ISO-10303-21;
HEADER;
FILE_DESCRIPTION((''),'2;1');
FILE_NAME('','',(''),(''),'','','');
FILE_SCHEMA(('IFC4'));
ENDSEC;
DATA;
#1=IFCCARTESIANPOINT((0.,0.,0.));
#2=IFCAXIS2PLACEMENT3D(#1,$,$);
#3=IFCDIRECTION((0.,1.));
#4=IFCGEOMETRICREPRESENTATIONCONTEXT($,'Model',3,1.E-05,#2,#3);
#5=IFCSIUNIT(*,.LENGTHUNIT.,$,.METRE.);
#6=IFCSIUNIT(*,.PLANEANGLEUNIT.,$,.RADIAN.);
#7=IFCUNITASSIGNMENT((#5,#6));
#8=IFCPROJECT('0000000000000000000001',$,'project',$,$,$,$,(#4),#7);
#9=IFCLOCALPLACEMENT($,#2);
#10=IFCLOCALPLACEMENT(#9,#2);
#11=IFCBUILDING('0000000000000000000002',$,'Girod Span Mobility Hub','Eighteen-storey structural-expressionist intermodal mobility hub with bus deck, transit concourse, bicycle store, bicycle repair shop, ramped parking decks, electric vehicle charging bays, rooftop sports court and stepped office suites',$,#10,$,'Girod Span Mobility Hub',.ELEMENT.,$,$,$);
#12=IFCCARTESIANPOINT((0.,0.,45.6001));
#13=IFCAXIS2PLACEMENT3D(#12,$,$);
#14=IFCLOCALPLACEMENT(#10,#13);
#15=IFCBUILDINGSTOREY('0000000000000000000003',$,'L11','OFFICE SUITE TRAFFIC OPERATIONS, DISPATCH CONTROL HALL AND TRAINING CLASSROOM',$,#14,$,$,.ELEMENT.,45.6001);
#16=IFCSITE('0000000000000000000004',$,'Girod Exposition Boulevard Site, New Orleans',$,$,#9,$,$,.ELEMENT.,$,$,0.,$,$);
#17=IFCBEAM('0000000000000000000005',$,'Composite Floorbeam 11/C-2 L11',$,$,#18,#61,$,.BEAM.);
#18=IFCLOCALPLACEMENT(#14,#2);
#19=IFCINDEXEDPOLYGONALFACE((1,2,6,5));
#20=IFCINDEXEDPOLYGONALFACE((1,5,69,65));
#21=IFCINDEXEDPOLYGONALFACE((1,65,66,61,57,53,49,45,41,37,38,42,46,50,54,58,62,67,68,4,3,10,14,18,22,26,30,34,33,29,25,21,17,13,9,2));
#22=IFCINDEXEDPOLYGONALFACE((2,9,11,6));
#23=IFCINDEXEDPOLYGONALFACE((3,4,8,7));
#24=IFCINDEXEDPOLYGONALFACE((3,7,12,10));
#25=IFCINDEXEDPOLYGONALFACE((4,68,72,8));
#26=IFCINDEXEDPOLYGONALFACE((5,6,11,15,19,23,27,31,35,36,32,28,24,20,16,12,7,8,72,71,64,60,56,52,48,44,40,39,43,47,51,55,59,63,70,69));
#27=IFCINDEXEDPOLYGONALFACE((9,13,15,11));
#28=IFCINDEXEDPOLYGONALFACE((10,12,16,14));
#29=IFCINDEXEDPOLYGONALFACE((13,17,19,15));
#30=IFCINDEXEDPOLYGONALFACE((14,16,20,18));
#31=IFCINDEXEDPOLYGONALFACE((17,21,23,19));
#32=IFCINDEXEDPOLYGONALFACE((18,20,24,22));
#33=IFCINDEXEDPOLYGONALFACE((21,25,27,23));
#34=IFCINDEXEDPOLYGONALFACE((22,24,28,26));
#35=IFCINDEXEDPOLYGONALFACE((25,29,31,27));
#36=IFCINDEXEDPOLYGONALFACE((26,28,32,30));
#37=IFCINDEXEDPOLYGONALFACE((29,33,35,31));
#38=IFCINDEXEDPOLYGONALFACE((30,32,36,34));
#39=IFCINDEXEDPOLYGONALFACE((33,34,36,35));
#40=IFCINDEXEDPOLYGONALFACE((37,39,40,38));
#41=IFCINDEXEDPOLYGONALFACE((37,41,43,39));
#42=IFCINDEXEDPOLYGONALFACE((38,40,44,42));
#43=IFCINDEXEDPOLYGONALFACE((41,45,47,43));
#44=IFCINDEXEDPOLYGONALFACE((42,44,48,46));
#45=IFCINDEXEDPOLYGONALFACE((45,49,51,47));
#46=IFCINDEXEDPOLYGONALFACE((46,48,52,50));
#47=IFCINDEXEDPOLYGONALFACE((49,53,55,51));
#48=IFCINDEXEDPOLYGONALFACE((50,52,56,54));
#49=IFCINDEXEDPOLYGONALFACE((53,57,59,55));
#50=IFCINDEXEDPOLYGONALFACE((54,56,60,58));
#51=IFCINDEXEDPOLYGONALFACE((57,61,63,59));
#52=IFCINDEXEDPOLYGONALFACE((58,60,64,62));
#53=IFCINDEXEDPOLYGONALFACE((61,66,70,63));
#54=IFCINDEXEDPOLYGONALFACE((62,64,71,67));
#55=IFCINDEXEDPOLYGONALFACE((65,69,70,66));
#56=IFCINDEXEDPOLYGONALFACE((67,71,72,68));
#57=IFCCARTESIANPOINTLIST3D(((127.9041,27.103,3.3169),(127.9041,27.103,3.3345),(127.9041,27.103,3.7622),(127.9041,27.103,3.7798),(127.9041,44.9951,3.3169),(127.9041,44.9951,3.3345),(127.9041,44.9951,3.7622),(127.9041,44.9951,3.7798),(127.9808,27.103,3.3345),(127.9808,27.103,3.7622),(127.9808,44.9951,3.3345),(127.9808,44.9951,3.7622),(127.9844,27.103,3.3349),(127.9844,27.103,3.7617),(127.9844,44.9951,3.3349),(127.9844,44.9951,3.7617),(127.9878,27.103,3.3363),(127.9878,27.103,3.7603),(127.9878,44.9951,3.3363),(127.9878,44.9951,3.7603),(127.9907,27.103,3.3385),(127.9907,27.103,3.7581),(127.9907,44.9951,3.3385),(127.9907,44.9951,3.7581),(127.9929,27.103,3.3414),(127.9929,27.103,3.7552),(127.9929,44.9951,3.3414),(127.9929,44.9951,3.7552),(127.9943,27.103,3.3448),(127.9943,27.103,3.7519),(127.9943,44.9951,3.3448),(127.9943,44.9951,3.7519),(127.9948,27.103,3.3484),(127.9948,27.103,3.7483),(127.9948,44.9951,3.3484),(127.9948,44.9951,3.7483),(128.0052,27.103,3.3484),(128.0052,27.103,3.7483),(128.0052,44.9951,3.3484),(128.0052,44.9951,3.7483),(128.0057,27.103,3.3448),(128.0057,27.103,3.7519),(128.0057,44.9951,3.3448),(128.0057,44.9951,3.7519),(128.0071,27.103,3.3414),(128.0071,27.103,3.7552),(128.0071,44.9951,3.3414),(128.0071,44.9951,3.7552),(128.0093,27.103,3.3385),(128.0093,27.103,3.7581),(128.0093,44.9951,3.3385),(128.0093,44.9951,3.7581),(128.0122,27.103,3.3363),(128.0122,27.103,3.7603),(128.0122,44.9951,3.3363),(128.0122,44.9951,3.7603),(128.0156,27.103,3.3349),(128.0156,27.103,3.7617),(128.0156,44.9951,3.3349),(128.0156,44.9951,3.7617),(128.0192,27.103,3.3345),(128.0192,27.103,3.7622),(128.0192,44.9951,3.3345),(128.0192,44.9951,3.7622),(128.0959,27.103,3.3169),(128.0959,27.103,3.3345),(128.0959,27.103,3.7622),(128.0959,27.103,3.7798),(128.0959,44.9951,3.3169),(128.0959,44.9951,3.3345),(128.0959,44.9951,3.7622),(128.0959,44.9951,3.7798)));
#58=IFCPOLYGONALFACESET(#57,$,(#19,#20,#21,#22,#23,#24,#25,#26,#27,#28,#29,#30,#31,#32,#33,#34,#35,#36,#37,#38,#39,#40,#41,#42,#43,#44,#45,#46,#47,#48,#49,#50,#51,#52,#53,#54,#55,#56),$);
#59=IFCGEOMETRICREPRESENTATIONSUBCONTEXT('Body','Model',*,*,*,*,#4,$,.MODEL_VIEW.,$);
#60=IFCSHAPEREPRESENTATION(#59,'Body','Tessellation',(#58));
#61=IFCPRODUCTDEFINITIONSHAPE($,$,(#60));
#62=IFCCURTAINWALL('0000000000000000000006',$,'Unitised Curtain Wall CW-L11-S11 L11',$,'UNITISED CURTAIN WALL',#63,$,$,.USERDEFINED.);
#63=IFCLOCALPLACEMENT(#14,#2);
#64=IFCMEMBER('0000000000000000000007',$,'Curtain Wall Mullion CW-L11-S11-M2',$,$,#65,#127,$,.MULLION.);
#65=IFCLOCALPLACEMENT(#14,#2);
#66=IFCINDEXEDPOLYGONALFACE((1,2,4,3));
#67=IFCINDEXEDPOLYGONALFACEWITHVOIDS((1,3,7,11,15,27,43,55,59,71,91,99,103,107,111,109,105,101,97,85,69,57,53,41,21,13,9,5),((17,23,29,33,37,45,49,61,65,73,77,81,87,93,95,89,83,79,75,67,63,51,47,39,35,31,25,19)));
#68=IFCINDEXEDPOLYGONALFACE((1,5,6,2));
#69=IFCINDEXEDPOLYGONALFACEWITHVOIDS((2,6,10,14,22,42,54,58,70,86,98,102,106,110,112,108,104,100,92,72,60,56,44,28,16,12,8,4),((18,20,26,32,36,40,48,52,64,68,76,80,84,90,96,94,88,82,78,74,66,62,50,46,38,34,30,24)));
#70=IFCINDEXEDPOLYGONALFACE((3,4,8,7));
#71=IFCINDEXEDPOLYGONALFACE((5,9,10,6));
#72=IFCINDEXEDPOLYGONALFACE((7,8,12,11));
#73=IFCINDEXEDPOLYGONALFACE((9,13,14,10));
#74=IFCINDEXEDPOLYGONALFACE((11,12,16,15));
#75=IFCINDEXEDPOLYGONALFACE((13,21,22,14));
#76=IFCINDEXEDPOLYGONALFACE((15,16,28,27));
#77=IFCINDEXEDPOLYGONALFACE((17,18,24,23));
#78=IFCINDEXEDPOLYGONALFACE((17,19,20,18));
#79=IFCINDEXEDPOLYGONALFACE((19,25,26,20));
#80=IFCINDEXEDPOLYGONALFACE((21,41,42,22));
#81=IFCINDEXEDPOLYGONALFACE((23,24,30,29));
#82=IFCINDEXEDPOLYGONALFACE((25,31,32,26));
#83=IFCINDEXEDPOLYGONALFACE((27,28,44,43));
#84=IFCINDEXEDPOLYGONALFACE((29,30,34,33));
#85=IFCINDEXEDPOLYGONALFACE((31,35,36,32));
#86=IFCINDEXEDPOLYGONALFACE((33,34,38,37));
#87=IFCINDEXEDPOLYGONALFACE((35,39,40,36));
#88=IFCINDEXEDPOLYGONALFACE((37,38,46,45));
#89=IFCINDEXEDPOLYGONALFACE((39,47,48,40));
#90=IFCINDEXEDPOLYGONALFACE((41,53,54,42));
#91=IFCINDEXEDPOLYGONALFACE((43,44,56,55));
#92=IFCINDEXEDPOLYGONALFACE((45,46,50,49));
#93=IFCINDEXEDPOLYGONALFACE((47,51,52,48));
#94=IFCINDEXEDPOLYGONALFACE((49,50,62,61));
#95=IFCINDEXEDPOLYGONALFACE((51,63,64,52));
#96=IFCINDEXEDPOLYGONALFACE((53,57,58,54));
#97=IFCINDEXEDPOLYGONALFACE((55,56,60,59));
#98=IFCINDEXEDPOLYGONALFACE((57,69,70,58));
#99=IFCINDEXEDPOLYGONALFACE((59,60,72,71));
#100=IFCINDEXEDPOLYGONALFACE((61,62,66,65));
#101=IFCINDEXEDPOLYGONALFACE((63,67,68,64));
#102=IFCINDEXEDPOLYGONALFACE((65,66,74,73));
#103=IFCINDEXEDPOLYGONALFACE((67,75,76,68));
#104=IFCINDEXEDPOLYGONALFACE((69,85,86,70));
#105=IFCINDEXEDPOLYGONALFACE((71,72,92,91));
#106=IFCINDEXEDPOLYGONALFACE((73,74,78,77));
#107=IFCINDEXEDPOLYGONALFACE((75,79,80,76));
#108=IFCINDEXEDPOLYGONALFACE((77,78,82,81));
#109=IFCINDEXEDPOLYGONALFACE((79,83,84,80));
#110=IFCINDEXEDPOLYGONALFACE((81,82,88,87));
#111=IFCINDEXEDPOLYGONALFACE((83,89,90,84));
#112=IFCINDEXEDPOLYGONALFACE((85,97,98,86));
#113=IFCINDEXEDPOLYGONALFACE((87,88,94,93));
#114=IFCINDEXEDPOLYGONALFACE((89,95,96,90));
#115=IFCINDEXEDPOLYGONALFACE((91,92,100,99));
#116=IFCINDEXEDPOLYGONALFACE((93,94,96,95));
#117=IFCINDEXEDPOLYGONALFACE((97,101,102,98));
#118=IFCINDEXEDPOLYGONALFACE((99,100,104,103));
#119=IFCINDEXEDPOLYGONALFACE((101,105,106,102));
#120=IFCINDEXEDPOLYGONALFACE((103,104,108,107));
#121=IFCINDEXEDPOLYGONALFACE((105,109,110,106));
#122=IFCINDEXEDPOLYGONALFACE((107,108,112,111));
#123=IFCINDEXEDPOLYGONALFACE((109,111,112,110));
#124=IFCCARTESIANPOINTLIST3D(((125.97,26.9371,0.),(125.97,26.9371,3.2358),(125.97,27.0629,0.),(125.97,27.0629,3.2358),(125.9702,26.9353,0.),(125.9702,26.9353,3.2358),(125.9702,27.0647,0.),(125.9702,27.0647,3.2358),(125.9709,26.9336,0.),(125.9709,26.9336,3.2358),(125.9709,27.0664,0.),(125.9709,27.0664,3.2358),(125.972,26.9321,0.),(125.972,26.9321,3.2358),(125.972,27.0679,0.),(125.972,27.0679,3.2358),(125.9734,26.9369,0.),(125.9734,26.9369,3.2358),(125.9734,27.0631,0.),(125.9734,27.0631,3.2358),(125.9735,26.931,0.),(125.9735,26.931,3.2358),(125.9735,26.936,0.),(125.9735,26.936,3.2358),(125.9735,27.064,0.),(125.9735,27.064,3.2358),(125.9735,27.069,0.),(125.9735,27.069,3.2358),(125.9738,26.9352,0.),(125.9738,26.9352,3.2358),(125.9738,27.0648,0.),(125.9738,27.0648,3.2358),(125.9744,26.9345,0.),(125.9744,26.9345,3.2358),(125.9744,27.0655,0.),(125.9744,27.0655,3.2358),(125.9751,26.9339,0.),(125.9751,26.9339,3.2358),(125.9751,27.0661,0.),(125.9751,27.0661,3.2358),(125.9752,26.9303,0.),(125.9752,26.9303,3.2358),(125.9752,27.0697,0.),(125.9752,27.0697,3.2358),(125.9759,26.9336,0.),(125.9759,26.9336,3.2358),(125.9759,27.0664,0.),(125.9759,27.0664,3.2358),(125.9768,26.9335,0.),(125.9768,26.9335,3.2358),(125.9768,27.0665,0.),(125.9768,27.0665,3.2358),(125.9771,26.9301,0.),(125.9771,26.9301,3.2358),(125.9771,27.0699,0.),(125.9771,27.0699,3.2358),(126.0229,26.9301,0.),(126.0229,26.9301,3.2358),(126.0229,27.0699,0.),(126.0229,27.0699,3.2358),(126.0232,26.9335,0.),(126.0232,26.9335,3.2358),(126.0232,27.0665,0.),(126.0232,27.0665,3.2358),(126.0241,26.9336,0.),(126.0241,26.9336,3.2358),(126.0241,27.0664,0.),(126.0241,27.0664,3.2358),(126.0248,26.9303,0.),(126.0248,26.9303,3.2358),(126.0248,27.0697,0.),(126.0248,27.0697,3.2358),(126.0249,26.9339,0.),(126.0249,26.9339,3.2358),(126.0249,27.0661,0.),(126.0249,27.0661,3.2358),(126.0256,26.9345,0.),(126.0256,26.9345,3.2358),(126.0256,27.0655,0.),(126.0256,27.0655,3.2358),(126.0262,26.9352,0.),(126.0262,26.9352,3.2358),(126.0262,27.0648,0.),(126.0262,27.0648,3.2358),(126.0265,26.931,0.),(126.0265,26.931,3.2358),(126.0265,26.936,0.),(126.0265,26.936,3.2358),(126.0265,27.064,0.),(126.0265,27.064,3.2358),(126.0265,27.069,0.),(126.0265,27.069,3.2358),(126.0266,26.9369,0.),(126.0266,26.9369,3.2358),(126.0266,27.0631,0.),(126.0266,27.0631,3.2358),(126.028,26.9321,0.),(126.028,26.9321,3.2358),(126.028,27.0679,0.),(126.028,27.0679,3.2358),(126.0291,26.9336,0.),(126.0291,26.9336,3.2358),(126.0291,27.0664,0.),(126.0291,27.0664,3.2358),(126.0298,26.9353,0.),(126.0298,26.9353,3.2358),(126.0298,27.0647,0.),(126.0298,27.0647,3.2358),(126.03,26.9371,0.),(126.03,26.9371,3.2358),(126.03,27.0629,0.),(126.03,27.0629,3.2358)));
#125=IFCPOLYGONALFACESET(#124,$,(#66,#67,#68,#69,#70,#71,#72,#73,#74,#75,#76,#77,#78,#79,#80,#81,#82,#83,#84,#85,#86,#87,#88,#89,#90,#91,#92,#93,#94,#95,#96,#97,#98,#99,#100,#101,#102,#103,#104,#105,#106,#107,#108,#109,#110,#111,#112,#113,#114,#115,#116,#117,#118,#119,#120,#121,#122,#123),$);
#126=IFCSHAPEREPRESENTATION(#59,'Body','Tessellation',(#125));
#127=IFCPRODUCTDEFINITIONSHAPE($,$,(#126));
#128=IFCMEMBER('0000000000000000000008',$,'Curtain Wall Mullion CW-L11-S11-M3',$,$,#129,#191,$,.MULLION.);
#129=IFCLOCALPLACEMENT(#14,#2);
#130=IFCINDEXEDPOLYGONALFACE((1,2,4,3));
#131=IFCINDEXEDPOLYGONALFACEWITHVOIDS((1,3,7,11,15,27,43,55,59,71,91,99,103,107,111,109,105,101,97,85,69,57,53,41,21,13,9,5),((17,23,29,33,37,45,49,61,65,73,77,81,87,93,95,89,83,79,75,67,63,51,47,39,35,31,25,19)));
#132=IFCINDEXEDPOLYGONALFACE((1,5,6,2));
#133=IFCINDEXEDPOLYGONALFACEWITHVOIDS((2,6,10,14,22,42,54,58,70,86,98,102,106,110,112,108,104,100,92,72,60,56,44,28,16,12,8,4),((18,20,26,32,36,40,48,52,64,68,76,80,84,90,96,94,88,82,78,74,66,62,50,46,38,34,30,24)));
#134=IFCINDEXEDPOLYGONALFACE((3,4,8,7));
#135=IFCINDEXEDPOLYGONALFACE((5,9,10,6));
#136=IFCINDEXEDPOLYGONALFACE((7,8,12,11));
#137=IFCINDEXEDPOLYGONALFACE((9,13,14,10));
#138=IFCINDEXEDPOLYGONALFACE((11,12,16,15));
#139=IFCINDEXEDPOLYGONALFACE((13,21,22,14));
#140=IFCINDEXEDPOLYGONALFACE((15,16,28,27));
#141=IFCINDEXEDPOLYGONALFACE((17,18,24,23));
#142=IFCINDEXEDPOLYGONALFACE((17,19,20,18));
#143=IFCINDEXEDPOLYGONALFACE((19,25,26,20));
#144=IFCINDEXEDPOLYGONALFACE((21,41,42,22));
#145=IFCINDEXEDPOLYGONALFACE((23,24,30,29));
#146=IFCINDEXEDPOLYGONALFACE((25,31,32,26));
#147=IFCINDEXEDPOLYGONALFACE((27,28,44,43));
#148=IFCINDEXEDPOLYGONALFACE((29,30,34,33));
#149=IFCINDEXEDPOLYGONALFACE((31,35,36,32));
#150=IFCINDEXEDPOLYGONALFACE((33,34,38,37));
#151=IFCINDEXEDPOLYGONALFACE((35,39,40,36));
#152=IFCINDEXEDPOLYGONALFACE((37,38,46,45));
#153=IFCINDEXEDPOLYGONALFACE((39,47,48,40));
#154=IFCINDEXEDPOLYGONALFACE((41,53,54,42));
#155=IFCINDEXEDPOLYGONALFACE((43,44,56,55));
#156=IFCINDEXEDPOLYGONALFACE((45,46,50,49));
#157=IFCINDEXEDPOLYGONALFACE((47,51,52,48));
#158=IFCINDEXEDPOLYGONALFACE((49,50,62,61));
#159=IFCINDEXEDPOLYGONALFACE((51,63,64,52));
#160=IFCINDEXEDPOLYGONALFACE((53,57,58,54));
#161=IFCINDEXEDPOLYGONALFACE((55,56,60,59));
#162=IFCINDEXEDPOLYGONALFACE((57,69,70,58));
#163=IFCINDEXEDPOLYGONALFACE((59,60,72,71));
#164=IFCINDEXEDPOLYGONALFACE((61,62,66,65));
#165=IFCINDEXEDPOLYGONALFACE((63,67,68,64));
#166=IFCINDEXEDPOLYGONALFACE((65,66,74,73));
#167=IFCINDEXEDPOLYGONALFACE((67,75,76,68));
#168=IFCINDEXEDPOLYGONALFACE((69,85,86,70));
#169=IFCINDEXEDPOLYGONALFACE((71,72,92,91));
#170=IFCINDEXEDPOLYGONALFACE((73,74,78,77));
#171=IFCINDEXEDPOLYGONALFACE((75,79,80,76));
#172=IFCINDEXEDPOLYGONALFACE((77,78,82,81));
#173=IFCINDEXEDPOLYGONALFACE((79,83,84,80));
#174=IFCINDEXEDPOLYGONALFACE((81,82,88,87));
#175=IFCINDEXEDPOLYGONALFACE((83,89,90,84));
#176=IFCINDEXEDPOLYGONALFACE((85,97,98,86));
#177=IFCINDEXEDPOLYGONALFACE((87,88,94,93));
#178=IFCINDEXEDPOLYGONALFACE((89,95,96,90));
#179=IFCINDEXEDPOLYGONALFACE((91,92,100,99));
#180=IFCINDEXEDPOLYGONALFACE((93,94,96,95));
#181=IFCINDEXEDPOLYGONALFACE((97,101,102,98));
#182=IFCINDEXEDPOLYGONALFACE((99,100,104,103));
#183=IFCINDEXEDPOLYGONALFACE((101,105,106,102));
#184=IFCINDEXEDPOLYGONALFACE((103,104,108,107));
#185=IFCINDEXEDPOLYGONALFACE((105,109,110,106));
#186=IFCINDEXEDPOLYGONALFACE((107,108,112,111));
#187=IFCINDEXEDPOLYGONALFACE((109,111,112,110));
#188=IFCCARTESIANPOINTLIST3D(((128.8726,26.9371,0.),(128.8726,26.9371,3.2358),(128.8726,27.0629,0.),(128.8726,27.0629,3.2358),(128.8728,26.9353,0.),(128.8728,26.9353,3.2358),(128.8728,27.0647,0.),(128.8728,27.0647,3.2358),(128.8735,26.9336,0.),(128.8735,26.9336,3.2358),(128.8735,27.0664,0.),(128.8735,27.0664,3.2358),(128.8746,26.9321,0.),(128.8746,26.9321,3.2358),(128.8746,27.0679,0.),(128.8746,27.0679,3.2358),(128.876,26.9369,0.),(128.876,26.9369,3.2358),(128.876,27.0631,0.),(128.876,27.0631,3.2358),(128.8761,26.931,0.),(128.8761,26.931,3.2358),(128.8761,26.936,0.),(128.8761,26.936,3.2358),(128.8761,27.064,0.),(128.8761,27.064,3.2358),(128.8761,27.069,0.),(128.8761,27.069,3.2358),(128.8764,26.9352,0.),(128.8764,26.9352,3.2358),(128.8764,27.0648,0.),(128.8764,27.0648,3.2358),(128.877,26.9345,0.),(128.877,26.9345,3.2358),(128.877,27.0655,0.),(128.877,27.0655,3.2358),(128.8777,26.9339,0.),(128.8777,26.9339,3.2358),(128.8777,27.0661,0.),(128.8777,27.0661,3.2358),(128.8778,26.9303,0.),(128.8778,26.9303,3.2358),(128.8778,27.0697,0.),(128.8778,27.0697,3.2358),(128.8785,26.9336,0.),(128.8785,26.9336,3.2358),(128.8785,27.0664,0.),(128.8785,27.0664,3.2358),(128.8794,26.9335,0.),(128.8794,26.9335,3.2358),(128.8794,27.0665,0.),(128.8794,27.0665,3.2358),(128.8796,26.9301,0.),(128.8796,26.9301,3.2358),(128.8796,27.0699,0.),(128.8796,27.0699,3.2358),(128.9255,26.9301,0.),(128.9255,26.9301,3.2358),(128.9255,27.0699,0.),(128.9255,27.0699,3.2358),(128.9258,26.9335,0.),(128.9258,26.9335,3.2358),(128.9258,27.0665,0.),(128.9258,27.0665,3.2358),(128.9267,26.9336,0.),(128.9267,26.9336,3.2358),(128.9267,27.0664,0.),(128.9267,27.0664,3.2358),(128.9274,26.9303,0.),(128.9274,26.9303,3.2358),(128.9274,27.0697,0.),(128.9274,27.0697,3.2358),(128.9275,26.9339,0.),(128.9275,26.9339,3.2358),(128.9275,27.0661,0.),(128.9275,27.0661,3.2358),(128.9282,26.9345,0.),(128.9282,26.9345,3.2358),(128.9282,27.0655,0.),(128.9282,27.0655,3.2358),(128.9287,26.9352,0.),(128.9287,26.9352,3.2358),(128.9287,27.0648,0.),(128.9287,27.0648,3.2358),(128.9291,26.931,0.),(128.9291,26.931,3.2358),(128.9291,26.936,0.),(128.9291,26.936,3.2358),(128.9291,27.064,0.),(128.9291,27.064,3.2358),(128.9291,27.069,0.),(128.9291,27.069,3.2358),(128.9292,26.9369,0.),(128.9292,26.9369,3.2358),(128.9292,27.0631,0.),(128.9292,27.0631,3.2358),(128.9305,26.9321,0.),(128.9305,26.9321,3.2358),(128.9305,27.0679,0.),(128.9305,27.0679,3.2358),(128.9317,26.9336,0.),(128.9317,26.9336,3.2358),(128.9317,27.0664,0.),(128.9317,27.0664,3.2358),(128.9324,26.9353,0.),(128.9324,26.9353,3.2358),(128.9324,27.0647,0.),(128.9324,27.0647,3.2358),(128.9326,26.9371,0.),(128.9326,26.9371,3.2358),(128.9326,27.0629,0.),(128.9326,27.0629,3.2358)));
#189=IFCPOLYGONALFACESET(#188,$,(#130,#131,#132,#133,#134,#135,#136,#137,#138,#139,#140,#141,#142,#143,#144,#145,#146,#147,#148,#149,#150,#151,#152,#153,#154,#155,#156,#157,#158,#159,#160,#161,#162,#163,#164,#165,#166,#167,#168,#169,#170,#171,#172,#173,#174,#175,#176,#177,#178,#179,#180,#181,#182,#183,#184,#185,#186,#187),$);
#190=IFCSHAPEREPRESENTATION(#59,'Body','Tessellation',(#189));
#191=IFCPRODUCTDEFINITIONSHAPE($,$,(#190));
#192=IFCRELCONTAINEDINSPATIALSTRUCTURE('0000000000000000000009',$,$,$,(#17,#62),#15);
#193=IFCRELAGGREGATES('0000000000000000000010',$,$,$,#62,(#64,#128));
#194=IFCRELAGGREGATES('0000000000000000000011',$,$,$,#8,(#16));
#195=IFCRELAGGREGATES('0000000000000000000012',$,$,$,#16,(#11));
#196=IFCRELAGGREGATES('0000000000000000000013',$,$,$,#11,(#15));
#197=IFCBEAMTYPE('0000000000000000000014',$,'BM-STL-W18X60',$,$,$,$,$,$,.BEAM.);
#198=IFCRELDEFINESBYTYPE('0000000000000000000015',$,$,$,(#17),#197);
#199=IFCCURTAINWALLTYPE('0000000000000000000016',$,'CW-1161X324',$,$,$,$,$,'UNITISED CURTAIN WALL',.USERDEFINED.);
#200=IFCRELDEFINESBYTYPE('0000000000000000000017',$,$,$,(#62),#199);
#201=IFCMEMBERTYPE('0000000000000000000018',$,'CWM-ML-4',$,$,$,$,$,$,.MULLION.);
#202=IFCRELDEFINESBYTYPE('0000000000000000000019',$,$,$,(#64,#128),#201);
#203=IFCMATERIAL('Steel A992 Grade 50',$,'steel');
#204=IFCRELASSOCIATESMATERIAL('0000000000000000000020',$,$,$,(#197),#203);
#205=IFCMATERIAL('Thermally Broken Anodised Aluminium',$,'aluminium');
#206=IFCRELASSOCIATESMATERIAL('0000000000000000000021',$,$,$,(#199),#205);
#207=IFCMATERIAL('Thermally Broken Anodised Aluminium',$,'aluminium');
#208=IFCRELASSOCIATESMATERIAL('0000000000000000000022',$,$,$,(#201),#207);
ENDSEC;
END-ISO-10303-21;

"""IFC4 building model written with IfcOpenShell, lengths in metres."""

from ifc_helpers import new_model, si_unit, direction, frame, origin, origin_2d, place, context, subcontext, project, spatial, hollow_rectangle, i_section, extrude, material, material_profile, profile_set, type_object, element, aggregate, save


model = new_model("IFC4")

# Units and contexts
model_context = context("Model", 3, precision=1e-05, world=origin(), true_north=direction((0.0, 1.0)))
body_context = subcontext(model_context, "Body", "Model", "MODEL_VIEW")
ifc_project = project(units=[si_unit("LENGTHUNIT", "METRE"), si_unit("PLANEANGLEUNIT", "RADIAN")], contexts=[model_context])

# Site, building, storey
site_placement = place(None, origin())
site = spatial("IfcSite", under=ifc_project, at=site_placement, Name="Girod Exposition Boulevard Site, New Orleans", CompositionType="ELEMENT", RefElevation=0.0)
building_placement = place(site_placement, origin())
building = spatial("IfcBuilding", under=site, at=building_placement, Name="Girod Span Mobility Hub", Description="Eighteen-storey structural-expressionist intermodal mobility hub with bus deck, transit concourse, bicycle store, bicycle repair shop, ramped parking decks, electric vehicle charging bays, rooftop sports court and stepped office suites", LongName="Girod Span Mobility Hub", CompositionType="ELEMENT")
storey_placement = place(building_placement, frame((0.0, 0.0, 45.6001)))
storey = spatial("IfcBuildingStorey", under=building, at=storey_placement, Name="L11", Description="OFFICE SUITE TRAFFIC OPERATIONS, DISPATCH CONTROL HALL AND TRAINING CLASSROOM", CompositionType="ELEMENT", Elevation=45.6001)

# Beam
ifc_material_1 = material(Name="Steel A992 Grade 50", Category="steel")
ifc_material_profile_1 = material_profile(ifc_material_1, i_section(OverallWidth=0.1919, OverallDepth=0.4629, WebThickness=0.0105, FlangeThickness=0.0176, FilletRadius=0.0139, at=origin_2d()), Name="W18X60")
ifc_profile_set_1 = profile_set([ifc_material_profile_1], Name="Steel A992 Grade 50")
beam_type_1 = type_object("IfcBeamType", Name="BM-STL-W18X60", PredefinedType="BEAM", material=ifc_profile_set_1)
for number, where, z_axis, x_axis, name in (
    (1, (128.0, 27.103, 3.5483), (0.0, 1.0, 0.0), (-1.0, 0.0, 0.0), "Composite Floorbeam 11/C-2 L11"),
):
    element("IfcBeam", number, at=place(storey_placement, frame(where, z_axis=z_axis, x_axis=x_axis)), inside=storey, type_object=beam_type_1, Name=name, PredefinedType="BEAM", context=body_context, shape_type="SweptSolid", body=[
        extrude(i_section(OverallWidth=0.1919, OverallDepth=0.4629, WebThickness=0.0105, FlangeThickness=0.0176, FilletRadius=0.0139, at=origin_2d()), origin(), (0.0, 0.0, 1.0), 17.8921),
    ])

# Curtain wall, members
ifc_material_2 = material(Name="Thermally Broken Anodised Aluminium", Category="aluminium")
curtain_wall_type = type_object("IfcCurtainWallType", Name="CW-1161X324", ElementType="UNITISED CURTAIN WALL", PredefinedType="USERDEFINED", material=ifc_material_2)
curtain_wall_placement = place(storey_placement, origin())
curtain_wall = element("IfcCurtainWall", 2, at=curtain_wall_placement, inside=storey, type_object=curtain_wall_type, Name="Unitised Curtain Wall CW-L11-S11 L11", ObjectType="UNITISED CURTAIN WALL", PredefinedType="USERDEFINED")
ifc_material_3 = material(Name="Thermally Broken Anodised Aluminium", Category="aluminium")
ifc_material_profile_2 = material_profile(ifc_material_3, hollow_rectangle(XDim=0.1399, YDim=0.0601, WallThickness=0.0034, InnerFilletRadius=0.0034, OuterFilletRadius=0.0071, at=origin_2d()), Name="CW-ML-60X140")
ifc_profile_set_2 = profile_set([ifc_material_profile_2], Name="Thermally Broken Anodised Aluminium")
member_type_1 = type_object("IfcMemberType", Name="CWM-ML-4", PredefinedType="MULLION", material=ifc_profile_set_2)
member_1_placement = place(storey_placement, frame((126.0, 27.0, 0.0), z_axis=(0.0, 0.0, 1.0), x_axis=(0.0, 1.0, 0.0)))
member_1 = element("IfcMember", 3, at=member_1_placement, type_object=member_type_1, Name="Curtain Wall Mullion CW-L11-S11-M2", PredefinedType="MULLION", context=body_context, shape_type="SweptSolid", body=[
    extrude(hollow_rectangle(XDim=0.1399, YDim=0.0601, WallThickness=0.0034, InnerFilletRadius=0.0034, OuterFilletRadius=0.0071, at=origin_2d()), origin(), (0.0, 0.0, 1.0), 3.2358),
])
member_2_placement = place(storey_placement, frame((128.9026, 27.0, 0.0), z_axis=(0.0, 0.0, 1.0), x_axis=(0.0, 1.0, 0.0)))
member_2 = element("IfcMember", 4, at=member_2_placement, type_object=member_type_1, Name="Curtain Wall Mullion CW-L11-S11-M3", PredefinedType="MULLION", context=body_context, shape_type="SweptSolid", body=[
    extrude(hollow_rectangle(XDim=0.1399, YDim=0.0601, WallThickness=0.0034, InnerFilletRadius=0.0034, OuterFilletRadius=0.0071, at=origin_2d()), origin(), (0.0, 0.0, 1.0), 3.2358),
])

aggregate(curtain_wall, [member_1, member_2])

save(model, "model.ifc")
